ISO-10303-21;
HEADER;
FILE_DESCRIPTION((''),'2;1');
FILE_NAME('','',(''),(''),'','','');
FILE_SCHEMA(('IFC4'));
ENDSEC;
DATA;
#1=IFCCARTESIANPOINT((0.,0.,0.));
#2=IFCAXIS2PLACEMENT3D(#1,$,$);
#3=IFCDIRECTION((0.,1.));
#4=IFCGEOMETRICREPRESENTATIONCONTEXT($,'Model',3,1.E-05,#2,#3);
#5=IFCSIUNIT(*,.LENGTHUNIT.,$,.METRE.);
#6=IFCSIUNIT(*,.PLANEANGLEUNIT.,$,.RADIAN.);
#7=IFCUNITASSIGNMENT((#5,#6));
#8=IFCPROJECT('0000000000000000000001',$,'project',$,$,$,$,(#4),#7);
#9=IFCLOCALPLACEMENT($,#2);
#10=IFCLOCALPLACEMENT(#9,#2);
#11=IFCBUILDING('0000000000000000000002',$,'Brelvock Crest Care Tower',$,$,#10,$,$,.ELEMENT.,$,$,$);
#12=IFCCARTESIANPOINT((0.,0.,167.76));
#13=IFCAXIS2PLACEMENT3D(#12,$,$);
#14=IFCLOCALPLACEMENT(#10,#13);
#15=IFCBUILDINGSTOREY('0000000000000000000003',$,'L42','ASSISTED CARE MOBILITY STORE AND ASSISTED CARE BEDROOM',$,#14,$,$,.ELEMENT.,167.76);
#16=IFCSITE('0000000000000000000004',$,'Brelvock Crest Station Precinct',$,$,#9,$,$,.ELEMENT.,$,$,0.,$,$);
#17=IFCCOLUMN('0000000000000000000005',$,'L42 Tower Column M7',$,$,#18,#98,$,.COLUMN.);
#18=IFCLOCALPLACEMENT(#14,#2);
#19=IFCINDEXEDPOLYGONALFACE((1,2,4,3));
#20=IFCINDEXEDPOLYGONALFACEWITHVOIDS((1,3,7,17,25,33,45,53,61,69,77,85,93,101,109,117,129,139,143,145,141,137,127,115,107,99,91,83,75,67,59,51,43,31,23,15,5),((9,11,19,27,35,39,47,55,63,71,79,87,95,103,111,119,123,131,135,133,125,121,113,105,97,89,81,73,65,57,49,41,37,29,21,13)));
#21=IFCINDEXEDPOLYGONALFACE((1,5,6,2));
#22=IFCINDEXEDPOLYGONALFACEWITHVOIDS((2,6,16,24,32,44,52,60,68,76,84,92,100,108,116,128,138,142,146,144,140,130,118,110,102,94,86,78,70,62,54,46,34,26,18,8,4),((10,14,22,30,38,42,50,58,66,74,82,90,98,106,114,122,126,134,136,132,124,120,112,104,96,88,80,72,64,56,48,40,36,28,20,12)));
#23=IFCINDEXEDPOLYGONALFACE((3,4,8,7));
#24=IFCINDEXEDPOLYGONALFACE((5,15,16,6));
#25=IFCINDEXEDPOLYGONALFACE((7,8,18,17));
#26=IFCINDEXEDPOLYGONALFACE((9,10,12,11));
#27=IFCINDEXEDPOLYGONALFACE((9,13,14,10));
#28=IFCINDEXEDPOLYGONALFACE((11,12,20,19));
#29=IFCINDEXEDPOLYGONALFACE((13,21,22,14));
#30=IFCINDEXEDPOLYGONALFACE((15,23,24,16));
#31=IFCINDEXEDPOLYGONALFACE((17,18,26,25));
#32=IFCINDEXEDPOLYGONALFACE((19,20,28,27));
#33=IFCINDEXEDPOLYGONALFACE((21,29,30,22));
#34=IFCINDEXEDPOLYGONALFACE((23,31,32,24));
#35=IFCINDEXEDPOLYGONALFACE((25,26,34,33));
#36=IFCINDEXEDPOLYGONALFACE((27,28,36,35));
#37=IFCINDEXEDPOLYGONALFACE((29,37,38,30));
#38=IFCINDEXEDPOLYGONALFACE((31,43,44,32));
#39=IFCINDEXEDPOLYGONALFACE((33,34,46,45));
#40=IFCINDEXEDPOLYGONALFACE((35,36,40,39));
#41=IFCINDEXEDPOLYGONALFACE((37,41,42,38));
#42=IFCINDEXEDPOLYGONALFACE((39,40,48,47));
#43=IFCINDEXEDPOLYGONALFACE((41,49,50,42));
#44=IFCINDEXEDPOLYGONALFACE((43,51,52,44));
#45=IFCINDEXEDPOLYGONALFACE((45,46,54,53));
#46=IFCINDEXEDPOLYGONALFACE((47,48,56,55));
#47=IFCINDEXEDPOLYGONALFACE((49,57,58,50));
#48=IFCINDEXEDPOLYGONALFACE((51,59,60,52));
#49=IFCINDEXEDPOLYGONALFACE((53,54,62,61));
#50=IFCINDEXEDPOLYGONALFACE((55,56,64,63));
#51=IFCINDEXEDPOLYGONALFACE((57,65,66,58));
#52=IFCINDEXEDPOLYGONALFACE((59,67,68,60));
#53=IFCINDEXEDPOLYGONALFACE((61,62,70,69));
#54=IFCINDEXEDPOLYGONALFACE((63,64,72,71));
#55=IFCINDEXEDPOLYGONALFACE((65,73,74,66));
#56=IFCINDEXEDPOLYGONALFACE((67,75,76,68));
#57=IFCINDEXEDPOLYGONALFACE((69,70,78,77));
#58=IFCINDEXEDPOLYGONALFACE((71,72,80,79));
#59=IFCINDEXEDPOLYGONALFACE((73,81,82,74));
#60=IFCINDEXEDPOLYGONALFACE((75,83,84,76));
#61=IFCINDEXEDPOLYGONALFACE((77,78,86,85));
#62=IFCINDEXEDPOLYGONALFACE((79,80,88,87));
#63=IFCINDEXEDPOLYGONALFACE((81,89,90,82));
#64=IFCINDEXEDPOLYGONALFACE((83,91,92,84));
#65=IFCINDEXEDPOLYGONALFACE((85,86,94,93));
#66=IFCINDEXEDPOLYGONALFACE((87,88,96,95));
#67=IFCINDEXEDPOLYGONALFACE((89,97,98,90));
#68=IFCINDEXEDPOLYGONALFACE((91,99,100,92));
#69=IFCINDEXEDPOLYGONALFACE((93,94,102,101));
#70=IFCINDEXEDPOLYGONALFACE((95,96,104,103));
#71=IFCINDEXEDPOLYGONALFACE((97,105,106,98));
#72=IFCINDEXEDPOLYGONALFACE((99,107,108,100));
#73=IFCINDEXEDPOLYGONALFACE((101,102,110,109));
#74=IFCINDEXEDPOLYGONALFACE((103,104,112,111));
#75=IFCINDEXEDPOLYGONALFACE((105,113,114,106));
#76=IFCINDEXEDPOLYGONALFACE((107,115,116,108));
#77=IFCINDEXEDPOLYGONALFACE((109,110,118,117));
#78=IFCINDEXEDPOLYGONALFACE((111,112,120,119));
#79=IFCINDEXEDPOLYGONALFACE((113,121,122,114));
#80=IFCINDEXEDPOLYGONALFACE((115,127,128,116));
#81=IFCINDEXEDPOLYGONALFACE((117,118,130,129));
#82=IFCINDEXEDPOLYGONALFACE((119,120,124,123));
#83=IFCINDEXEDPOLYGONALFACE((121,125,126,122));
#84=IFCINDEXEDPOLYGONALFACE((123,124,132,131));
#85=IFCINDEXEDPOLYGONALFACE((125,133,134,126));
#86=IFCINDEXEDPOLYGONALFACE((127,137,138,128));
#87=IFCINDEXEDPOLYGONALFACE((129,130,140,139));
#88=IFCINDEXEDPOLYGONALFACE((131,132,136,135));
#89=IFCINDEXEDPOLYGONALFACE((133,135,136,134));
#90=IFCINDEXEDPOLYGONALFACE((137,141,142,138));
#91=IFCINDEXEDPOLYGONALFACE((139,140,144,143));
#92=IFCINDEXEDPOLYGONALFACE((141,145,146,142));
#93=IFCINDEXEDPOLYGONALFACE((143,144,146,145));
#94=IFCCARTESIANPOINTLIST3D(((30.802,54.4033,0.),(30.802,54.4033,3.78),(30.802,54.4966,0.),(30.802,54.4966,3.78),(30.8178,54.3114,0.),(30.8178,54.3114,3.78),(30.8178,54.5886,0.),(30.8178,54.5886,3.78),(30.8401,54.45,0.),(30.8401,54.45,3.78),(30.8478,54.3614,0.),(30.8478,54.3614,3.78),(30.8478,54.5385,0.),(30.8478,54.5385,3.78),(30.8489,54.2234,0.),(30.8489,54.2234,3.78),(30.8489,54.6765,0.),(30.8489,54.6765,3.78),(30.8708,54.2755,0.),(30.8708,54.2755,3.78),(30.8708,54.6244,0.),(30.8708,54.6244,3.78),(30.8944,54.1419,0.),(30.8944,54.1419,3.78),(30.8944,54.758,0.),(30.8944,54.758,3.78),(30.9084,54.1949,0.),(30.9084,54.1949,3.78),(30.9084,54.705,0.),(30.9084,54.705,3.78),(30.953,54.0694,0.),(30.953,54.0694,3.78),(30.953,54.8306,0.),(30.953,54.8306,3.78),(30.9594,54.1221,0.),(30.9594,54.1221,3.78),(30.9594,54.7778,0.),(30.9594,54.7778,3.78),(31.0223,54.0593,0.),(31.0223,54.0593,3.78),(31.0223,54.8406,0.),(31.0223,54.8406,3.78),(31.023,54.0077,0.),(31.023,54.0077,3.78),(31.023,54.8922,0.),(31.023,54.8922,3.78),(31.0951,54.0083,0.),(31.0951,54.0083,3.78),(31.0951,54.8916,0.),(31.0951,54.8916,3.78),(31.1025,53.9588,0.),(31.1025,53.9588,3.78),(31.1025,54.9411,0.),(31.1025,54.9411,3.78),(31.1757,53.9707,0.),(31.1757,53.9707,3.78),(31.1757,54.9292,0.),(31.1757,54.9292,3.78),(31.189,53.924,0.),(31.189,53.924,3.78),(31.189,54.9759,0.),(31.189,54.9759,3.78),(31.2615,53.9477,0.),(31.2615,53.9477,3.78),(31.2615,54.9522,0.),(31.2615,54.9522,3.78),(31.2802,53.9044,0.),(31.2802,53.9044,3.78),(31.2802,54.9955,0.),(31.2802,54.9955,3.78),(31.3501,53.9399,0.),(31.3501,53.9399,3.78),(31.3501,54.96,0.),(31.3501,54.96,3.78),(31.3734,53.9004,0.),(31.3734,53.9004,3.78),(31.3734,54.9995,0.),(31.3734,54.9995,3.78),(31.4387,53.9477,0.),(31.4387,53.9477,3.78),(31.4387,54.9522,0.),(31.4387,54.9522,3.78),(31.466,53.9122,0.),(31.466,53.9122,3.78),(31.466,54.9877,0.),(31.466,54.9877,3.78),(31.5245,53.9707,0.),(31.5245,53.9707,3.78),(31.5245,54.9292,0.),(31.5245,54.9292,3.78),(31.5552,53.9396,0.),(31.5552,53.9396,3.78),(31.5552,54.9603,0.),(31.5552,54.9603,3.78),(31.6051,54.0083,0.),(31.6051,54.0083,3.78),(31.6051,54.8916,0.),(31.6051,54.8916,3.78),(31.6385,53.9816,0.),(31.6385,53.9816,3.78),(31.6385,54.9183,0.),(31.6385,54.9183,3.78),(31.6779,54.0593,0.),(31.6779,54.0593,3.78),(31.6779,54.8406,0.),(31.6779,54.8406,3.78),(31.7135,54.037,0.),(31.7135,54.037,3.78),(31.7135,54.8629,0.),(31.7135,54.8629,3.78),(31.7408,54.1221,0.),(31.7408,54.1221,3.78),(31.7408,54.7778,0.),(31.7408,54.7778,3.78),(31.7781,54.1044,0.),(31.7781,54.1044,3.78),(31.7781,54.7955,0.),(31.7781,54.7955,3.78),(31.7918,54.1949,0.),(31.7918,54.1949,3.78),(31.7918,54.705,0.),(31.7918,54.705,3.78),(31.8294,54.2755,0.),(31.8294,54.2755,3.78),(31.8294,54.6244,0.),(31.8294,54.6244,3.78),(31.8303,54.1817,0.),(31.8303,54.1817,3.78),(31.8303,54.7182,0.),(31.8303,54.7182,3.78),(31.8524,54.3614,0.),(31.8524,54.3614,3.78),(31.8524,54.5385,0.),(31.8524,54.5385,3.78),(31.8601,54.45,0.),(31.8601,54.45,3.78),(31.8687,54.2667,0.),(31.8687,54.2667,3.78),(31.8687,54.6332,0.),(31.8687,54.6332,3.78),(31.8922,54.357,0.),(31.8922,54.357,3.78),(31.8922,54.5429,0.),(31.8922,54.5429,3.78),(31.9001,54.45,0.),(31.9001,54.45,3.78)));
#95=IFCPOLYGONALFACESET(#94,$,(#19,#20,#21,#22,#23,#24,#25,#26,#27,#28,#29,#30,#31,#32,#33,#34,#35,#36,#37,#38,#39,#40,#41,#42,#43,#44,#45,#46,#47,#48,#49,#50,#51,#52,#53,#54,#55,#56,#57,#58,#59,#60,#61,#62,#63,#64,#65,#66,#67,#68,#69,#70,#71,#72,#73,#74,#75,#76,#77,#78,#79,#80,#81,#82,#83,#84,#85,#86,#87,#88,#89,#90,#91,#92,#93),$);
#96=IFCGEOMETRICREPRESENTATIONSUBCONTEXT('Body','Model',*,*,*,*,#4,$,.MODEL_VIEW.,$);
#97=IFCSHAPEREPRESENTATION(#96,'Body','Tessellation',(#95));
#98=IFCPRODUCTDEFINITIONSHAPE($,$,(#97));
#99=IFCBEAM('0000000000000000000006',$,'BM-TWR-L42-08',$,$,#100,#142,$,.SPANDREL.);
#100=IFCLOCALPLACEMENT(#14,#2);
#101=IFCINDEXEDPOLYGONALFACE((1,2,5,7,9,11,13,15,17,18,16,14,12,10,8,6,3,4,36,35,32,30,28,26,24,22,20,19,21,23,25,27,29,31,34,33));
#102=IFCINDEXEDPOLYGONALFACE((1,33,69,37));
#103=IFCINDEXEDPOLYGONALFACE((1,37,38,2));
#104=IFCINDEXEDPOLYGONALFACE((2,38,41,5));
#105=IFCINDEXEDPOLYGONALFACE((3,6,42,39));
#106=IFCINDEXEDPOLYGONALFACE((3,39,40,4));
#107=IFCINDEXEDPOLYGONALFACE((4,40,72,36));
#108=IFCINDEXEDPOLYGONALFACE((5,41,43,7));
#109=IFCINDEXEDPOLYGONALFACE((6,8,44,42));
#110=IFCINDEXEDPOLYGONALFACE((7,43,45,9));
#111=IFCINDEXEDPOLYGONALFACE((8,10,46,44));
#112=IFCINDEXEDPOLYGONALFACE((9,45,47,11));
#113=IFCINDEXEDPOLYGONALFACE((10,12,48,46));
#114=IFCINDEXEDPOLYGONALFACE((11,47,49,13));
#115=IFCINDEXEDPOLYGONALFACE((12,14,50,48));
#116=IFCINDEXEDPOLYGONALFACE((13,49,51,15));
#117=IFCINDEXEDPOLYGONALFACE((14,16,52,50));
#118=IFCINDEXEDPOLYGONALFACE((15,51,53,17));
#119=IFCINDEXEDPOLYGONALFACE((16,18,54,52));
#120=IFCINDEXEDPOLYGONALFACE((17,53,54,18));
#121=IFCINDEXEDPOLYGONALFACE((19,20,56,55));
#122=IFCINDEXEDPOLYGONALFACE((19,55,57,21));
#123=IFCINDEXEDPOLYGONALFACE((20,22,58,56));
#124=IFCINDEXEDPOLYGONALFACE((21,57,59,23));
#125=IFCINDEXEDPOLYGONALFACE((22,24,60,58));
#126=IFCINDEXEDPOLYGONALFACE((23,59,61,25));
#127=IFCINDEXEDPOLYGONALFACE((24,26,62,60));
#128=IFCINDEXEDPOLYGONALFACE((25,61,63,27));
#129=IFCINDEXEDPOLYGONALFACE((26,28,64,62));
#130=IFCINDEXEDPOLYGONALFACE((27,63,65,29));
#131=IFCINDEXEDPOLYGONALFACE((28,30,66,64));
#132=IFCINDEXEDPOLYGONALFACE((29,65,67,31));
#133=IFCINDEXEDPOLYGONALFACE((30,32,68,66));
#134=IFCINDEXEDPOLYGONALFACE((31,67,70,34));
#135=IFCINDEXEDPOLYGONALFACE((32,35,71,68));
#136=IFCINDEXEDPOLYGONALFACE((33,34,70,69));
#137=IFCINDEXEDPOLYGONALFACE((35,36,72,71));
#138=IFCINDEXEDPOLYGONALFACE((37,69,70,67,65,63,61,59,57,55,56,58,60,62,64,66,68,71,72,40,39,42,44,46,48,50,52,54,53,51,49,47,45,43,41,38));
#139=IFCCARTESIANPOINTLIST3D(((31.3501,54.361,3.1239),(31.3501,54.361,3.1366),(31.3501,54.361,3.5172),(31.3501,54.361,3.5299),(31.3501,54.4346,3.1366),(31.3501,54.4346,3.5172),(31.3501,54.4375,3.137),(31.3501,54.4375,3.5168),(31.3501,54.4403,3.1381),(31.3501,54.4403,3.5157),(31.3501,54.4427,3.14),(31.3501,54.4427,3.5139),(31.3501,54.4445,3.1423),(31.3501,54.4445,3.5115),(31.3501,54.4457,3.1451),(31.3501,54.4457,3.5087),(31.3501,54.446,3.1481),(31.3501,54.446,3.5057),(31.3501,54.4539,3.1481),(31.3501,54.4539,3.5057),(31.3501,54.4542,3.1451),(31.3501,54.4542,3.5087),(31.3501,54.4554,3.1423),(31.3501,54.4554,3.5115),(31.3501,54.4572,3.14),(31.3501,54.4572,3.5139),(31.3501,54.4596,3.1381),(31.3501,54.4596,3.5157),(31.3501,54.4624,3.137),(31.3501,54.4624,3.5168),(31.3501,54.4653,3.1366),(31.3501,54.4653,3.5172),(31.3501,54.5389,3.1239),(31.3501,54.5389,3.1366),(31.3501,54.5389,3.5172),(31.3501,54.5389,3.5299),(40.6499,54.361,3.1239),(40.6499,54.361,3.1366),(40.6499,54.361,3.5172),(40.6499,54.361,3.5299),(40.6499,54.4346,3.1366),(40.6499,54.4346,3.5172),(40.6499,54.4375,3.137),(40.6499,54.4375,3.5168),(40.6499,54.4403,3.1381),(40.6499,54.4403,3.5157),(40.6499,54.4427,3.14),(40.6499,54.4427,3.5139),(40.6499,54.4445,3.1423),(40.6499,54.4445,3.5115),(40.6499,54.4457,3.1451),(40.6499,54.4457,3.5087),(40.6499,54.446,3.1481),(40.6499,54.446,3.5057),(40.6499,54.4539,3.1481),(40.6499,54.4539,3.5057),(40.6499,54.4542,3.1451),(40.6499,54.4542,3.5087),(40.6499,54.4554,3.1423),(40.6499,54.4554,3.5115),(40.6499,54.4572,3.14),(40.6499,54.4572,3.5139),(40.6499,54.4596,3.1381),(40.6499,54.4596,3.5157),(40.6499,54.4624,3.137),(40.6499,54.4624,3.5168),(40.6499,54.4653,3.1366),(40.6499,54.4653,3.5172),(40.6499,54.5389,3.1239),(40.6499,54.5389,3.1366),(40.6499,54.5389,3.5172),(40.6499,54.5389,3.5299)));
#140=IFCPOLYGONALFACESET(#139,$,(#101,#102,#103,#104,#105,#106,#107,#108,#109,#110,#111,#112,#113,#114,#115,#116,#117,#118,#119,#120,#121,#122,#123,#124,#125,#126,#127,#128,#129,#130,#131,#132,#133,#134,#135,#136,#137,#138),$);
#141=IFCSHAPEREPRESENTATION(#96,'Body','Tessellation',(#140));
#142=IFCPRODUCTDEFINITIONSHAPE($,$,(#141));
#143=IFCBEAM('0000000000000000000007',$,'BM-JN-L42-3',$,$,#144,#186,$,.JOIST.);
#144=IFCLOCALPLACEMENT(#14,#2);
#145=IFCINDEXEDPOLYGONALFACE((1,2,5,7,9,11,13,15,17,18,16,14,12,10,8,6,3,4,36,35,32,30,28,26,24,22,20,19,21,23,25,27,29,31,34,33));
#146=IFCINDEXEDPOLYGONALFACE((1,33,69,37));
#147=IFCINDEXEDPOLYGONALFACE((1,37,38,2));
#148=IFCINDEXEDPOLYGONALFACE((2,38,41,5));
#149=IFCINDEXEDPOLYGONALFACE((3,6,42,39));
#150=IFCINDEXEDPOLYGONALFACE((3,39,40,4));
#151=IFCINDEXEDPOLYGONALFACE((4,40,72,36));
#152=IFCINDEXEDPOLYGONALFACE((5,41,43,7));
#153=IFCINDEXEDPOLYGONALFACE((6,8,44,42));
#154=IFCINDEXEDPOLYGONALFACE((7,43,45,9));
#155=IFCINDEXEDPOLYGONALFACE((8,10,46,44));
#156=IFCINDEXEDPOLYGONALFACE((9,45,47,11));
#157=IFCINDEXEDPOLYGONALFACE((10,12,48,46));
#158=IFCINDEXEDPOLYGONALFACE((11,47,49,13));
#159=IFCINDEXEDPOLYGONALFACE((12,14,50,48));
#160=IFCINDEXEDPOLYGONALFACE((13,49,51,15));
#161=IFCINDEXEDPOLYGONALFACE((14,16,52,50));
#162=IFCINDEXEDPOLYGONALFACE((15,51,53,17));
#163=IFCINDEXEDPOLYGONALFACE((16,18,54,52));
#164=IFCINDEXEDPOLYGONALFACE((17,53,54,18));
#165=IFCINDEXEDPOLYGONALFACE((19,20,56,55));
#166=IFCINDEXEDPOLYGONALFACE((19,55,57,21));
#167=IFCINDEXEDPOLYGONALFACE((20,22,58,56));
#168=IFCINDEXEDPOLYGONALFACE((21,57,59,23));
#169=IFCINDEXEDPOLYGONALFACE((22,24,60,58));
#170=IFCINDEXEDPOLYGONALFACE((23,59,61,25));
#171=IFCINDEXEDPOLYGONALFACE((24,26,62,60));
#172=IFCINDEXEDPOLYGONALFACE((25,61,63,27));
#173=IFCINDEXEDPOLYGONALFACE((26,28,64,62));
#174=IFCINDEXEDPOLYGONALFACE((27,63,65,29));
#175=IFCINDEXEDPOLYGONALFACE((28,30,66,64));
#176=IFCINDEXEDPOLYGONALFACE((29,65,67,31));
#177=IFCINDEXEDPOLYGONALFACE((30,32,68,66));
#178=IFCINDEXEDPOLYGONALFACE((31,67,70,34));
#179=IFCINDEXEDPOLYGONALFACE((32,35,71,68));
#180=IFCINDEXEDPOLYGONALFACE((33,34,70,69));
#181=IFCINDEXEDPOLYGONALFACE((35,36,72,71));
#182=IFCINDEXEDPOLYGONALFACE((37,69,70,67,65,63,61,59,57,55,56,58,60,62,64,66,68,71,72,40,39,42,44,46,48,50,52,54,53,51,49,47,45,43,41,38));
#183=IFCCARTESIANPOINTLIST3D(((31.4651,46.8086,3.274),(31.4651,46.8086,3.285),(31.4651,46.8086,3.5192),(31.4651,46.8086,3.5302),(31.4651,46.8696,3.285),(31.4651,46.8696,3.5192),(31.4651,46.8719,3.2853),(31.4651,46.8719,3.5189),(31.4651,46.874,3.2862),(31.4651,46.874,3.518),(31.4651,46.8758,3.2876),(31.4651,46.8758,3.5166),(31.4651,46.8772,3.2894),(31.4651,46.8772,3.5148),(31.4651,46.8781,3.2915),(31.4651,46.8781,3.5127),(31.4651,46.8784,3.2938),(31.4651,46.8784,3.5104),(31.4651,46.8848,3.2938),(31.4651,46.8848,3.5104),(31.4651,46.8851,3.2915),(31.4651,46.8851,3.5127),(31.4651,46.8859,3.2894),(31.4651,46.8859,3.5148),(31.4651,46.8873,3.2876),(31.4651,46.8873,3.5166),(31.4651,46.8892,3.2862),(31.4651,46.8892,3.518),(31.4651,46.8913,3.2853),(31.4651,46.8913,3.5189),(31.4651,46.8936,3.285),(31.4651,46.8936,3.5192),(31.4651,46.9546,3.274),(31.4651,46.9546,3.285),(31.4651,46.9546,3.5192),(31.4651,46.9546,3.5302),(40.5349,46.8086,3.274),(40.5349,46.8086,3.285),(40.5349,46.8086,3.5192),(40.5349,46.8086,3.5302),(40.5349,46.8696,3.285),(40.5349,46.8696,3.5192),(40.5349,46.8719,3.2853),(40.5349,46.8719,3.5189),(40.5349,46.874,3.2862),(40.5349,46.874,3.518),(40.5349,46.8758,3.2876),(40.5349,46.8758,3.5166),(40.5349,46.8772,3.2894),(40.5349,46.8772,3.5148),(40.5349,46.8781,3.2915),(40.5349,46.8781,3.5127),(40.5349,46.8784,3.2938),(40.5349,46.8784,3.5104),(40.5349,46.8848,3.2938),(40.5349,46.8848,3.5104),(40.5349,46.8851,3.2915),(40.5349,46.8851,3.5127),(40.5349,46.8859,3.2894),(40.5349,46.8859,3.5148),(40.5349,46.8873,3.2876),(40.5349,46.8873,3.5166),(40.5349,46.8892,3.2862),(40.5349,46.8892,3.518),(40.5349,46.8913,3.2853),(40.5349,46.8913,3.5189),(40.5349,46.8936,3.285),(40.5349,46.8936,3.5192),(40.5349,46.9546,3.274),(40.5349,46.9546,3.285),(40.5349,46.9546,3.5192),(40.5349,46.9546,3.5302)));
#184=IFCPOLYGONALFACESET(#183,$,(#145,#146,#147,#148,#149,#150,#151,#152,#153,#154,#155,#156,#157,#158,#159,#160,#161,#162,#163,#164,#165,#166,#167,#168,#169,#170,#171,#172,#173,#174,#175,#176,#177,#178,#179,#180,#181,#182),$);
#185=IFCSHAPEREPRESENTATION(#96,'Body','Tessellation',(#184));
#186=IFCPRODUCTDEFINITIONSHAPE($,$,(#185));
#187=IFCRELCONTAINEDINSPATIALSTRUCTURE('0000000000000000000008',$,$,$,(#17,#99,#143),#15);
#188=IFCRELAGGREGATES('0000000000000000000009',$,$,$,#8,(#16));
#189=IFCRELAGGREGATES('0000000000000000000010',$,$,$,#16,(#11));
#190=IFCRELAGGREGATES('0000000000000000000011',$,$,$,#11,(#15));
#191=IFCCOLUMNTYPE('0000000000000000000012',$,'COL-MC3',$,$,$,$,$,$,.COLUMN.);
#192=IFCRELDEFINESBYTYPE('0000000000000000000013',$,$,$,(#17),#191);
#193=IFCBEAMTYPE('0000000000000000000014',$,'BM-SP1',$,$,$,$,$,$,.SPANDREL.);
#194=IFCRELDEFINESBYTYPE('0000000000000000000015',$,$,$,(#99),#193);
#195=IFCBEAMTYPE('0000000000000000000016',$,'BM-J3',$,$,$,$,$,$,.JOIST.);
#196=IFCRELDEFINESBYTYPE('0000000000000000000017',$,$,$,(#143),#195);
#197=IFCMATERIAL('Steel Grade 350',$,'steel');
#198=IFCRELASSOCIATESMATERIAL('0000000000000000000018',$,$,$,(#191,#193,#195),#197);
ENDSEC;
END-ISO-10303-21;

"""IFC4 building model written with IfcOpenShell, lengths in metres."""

from ifc_helpers import new_model, si_unit, direction, frame, origin, origin_2d, place, context, subcontext, project, spatial, hollow_circle, i_section, extrude, source, transform, mapped, material, material_profile, profile_set, type_object, element, save


model = new_model("IFC4")

# Units and contexts
model_context = context("Model", 3, precision=1e-05, world=origin(), true_north=direction((0.0, 1.0)))
body_context = subcontext(model_context, "Body", "Model", "MODEL_VIEW")
ifc_project = project(units=[si_unit("LENGTHUNIT", "METRE"), si_unit("PLANEANGLEUNIT", "RADIAN")], contexts=[model_context])

# Site, building, storey
site_placement = place(None, origin())
site = spatial("IfcSite", under=ifc_project, at=site_placement, Name="Brelvock Crest Station Precinct", CompositionType="ELEMENT", RefElevation=0.0)
building_placement = place(site_placement, origin())
building = spatial("IfcBuilding", under=site, at=building_placement, Name="Brelvock Crest Care Tower", CompositionType="ELEMENT")
storey_placement = place(building_placement, frame((0.0, 0.0, 167.76)))
storey = spatial("IfcBuildingStorey", under=building, at=storey_placement, Name="L42", Description="ASSISTED CARE MOBILITY STORE AND ASSISTED CARE BEDROOM", CompositionType="ELEMENT", Elevation=167.76)

# Column
ifc_material_1 = material(Name="Steel Grade 350", Category="steel")
ifc_material_profile_1 = material_profile(ifc_material_1, hollow_circle(Radius=0.55, WallThickness=0.04, at=origin_2d()), Name="CFT1100x40")
ifc_profile_set_1 = profile_set([ifc_material_profile_1], Name="Steel Grade 350")
column_type = type_object("IfcColumnType", Name="COL-MC3", PredefinedType="COLUMN", material=ifc_profile_set_1)
shared_shape_1 = source(origin(), body_context, "Body", "SweptSolid", [
    extrude(hollow_circle(Radius=0.55, WallThickness=0.04, at=origin_2d()), origin(), (0.0, 0.0, 1.0), 3.78),
])
column_placement = place(storey_placement, frame((31.3501, 54.45, 0.0), z_axis=(0.0, 0.0, 1.0), x_axis=(1.0, 0.0, 0.0)))
element("IfcColumn", 1, at=column_placement, inside=storey, type_object=column_type, Name="L42 Tower Column M7", PredefinedType="COLUMN", context=body_context, shape_type="MappedRepresentation", body=[
    mapped(shared_shape_1, transform((0.0, 0.0, 0.0), x_axis=(1.0, 0.0, 0.0), y_axis=(0.0, 1.0, 0.0), z_axis=(0.0, 0.0, 1.0), scale=1.0)),
])

# Beams
ifc_material_profile_2 = material_profile(ifc_material_1, i_section(OverallWidth=0.178, OverallDepth=0.406, WebThickness=0.0078, FlangeThickness=0.0127, FilletRadius=0.0115, at=origin_2d()), Name="410UB59.7")
ifc_profile_set_2 = profile_set([ifc_material_profile_2], Name="Steel Grade 350")
beam_type_1 = type_object("IfcBeamType", Name="BM-SP1", PredefinedType="SPANDREL", material=ifc_profile_set_2)
shared_shape_2 = source(origin(), body_context, "Body", "SweptSolid", [
    extrude(i_section(OverallWidth=0.178, OverallDepth=0.406, WebThickness=0.0078, FlangeThickness=0.0127, FilletRadius=0.0115, at=origin_2d()), origin(), (0.0, 0.0, 1.0), 9.2998),
])
beam_placement = place(storey_placement, frame((31.3501, 54.45, 3.3269), z_axis=(1.0, 0.0, 0.0), x_axis=(0.0, 1.0, 0.0)))
element("IfcBeam", 2, at=beam_placement, inside=storey, type_object=beam_type_1, Name="BM-TWR-L42-08", PredefinedType="SPANDREL", context=body_context, shape_type="MappedRepresentation", body=[
    mapped(shared_shape_2, transform((0.0, 0.0, 0.0), x_axis=(1.0, 0.0, 0.0), y_axis=(0.0, 1.0, 0.0), z_axis=(0.0, 0.0, 1.0), scale=1.0)),
])
ifc_material_profile_3 = material_profile(ifc_material_1, i_section(OverallWidth=0.146, OverallDepth=0.2561, WebThickness=0.0063, FlangeThickness=0.011, FilletRadius=0.0088, at=origin_2d()), Name="250UB37.3")
ifc_profile_set_3 = profile_set([ifc_material_profile_3], Name="Steel Grade 350")
beam_type_2 = type_object("IfcBeamType", Name="BM-J3", PredefinedType="JOIST", material=ifc_profile_set_3)
shared_shape_3 = source(origin(), body_context, "Body", "SweptSolid", [
    extrude(i_section(OverallWidth=0.146, OverallDepth=0.2561, WebThickness=0.0063, FlangeThickness=0.011, FilletRadius=0.0088, at=origin_2d()), origin(), (0.0, 0.0, 1.0), 9.0698),
])
for number, where, z_axis, x_axis, name in (
    (3, (31.4651, 46.8816, 3.4021), (1.0, 0.0, 0.0), (0.0, 1.0, 0.0), "BM-JN-L42-3"),
):
    element("IfcBeam", number, at=place(storey_placement, frame(where, z_axis=z_axis, x_axis=x_axis)), inside=storey, type_object=beam_type_2, Name=name, PredefinedType="JOIST", context=body_context, shape_type="MappedRepresentation", body=[
        mapped(shared_shape_3, transform((0.0, 0.0, 0.0), x_axis=(1.0, 0.0, 0.0), y_axis=(0.0, 1.0, 0.0), z_axis=(0.0, 0.0, 1.0), scale=1.0)),
    ])

save(model, "model.ifc")
